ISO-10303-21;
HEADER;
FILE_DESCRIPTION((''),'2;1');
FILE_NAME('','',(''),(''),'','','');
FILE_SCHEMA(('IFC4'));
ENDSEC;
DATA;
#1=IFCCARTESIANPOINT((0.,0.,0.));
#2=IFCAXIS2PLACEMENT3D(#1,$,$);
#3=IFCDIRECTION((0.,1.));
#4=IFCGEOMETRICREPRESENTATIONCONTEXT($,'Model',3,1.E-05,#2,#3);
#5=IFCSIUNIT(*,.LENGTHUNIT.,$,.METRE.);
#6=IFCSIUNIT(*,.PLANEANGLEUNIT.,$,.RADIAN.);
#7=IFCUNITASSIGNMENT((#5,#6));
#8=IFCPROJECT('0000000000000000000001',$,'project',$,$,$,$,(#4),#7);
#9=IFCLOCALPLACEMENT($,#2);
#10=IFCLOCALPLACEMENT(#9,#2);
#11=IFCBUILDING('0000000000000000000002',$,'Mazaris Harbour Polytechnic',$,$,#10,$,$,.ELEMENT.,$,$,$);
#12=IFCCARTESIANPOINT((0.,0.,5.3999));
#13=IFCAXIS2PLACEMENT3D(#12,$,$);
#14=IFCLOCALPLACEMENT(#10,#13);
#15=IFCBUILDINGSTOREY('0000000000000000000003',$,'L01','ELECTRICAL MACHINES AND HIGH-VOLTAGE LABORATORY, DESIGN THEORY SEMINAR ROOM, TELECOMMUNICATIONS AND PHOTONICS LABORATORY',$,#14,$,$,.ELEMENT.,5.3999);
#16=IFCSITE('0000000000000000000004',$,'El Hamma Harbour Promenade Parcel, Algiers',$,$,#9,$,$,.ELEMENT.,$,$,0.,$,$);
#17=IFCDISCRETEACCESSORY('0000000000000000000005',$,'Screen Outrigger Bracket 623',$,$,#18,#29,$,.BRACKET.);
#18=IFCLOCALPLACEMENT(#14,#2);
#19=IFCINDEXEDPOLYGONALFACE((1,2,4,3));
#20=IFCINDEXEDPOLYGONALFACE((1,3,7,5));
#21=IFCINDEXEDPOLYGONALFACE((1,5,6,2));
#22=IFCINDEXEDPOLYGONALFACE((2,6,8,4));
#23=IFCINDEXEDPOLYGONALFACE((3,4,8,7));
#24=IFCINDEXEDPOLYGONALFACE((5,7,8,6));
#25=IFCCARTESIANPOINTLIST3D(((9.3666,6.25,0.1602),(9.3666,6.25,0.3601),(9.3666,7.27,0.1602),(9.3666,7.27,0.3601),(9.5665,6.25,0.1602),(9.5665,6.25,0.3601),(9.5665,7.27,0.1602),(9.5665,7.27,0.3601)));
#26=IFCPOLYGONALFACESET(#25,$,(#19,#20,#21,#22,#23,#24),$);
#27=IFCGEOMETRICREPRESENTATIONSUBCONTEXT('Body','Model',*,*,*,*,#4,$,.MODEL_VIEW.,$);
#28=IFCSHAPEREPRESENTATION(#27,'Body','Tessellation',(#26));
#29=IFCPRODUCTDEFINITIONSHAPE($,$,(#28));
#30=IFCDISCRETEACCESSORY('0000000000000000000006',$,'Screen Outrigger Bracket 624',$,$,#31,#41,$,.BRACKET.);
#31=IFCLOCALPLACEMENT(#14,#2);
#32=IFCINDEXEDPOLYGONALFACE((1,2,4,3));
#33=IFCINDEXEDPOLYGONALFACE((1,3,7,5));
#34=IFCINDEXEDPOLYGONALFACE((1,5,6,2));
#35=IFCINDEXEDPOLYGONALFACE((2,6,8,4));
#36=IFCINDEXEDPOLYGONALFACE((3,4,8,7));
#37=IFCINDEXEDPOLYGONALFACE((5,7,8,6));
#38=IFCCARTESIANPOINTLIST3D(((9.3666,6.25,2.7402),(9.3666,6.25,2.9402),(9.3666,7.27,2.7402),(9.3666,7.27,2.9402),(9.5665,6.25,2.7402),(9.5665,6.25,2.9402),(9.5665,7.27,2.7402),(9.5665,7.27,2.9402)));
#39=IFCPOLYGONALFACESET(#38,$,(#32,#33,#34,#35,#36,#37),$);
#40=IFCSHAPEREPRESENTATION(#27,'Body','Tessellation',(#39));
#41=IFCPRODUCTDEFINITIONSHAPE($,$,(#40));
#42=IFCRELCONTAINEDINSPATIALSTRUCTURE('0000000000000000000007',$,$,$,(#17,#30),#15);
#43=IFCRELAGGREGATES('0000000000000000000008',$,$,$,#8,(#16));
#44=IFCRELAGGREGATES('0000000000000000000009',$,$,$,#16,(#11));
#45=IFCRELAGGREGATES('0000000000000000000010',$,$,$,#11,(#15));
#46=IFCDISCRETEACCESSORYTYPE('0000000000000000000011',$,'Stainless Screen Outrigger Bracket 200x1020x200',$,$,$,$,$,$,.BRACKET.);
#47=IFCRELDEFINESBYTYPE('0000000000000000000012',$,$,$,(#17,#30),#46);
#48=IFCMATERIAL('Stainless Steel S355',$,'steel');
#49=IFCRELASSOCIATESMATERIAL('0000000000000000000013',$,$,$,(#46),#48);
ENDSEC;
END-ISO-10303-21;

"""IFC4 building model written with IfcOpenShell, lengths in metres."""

from ifc_helpers import new_model, si_unit, direction, frame, origin, origin_2d, place, context, subcontext, project, spatial, rectangle, extrude, material, type_object, element, save


model = new_model("IFC4")

# Units and contexts
model_context = context("Model", 3, precision=1e-05, world=origin(), true_north=direction((0.0, 1.0)))
body_context = subcontext(model_context, "Body", "Model", "MODEL_VIEW")
ifc_project = project(units=[si_unit("LENGTHUNIT", "METRE"), si_unit("PLANEANGLEUNIT", "RADIAN")], contexts=[model_context])

# Site, building, storey
site_placement = place(None, origin())
site = spatial("IfcSite", under=ifc_project, at=site_placement, Name="El Hamma Harbour Promenade Parcel, Algiers", CompositionType="ELEMENT", RefElevation=0.0)
building_placement = place(site_placement, origin())
building = spatial("IfcBuilding", under=site, at=building_placement, Name="Mazaris Harbour Polytechnic", CompositionType="ELEMENT")
storey_placement = place(building_placement, frame((0.0, 0.0, 5.3999)))
storey = spatial("IfcBuildingStorey", under=building, at=storey_placement, Name="L01", Description="ELECTRICAL MACHINES AND HIGH-VOLTAGE LABORATORY, DESIGN THEORY SEMINAR ROOM, TELECOMMUNICATIONS AND PHOTONICS LABORATORY", CompositionType="ELEMENT", Elevation=5.3999)

# Discrete accessories
ifc_material_1 = material(Name="Stainless Steel S355", Category="steel")
discrete_accessory_type = type_object("IfcDiscreteAccessoryType", Name="Stainless Screen Outrigger Bracket 200x1020x200", PredefinedType="BRACKET", material=ifc_material_1)
for number, where, z_axis, x_axis, name in (
    (1, (9.4666, 6.76, 0.1602), (0.0, 0.0, 1.0), (-1.0, 0.0, 0.0), "Screen Outrigger Bracket 623"),
    (2, (9.4666, 6.76, 2.7402), (0.0, 0.0, 1.0), (-1.0, 0.0, 0.0), "Screen Outrigger Bracket 624"),
):
    element("IfcDiscreteAccessory", number, at=place(storey_placement, frame(where, z_axis=z_axis, x_axis=x_axis)), inside=storey, type_object=discrete_accessory_type, Name=name, PredefinedType="BRACKET", context=body_context, shape_type="SweptSolid", body=[
        extrude(rectangle(XDim=0.2, YDim=1.02, at=origin_2d()), origin(), (0.0, 0.0, 1.0), 0.2),
    ])

save(model, "model.ifc")
